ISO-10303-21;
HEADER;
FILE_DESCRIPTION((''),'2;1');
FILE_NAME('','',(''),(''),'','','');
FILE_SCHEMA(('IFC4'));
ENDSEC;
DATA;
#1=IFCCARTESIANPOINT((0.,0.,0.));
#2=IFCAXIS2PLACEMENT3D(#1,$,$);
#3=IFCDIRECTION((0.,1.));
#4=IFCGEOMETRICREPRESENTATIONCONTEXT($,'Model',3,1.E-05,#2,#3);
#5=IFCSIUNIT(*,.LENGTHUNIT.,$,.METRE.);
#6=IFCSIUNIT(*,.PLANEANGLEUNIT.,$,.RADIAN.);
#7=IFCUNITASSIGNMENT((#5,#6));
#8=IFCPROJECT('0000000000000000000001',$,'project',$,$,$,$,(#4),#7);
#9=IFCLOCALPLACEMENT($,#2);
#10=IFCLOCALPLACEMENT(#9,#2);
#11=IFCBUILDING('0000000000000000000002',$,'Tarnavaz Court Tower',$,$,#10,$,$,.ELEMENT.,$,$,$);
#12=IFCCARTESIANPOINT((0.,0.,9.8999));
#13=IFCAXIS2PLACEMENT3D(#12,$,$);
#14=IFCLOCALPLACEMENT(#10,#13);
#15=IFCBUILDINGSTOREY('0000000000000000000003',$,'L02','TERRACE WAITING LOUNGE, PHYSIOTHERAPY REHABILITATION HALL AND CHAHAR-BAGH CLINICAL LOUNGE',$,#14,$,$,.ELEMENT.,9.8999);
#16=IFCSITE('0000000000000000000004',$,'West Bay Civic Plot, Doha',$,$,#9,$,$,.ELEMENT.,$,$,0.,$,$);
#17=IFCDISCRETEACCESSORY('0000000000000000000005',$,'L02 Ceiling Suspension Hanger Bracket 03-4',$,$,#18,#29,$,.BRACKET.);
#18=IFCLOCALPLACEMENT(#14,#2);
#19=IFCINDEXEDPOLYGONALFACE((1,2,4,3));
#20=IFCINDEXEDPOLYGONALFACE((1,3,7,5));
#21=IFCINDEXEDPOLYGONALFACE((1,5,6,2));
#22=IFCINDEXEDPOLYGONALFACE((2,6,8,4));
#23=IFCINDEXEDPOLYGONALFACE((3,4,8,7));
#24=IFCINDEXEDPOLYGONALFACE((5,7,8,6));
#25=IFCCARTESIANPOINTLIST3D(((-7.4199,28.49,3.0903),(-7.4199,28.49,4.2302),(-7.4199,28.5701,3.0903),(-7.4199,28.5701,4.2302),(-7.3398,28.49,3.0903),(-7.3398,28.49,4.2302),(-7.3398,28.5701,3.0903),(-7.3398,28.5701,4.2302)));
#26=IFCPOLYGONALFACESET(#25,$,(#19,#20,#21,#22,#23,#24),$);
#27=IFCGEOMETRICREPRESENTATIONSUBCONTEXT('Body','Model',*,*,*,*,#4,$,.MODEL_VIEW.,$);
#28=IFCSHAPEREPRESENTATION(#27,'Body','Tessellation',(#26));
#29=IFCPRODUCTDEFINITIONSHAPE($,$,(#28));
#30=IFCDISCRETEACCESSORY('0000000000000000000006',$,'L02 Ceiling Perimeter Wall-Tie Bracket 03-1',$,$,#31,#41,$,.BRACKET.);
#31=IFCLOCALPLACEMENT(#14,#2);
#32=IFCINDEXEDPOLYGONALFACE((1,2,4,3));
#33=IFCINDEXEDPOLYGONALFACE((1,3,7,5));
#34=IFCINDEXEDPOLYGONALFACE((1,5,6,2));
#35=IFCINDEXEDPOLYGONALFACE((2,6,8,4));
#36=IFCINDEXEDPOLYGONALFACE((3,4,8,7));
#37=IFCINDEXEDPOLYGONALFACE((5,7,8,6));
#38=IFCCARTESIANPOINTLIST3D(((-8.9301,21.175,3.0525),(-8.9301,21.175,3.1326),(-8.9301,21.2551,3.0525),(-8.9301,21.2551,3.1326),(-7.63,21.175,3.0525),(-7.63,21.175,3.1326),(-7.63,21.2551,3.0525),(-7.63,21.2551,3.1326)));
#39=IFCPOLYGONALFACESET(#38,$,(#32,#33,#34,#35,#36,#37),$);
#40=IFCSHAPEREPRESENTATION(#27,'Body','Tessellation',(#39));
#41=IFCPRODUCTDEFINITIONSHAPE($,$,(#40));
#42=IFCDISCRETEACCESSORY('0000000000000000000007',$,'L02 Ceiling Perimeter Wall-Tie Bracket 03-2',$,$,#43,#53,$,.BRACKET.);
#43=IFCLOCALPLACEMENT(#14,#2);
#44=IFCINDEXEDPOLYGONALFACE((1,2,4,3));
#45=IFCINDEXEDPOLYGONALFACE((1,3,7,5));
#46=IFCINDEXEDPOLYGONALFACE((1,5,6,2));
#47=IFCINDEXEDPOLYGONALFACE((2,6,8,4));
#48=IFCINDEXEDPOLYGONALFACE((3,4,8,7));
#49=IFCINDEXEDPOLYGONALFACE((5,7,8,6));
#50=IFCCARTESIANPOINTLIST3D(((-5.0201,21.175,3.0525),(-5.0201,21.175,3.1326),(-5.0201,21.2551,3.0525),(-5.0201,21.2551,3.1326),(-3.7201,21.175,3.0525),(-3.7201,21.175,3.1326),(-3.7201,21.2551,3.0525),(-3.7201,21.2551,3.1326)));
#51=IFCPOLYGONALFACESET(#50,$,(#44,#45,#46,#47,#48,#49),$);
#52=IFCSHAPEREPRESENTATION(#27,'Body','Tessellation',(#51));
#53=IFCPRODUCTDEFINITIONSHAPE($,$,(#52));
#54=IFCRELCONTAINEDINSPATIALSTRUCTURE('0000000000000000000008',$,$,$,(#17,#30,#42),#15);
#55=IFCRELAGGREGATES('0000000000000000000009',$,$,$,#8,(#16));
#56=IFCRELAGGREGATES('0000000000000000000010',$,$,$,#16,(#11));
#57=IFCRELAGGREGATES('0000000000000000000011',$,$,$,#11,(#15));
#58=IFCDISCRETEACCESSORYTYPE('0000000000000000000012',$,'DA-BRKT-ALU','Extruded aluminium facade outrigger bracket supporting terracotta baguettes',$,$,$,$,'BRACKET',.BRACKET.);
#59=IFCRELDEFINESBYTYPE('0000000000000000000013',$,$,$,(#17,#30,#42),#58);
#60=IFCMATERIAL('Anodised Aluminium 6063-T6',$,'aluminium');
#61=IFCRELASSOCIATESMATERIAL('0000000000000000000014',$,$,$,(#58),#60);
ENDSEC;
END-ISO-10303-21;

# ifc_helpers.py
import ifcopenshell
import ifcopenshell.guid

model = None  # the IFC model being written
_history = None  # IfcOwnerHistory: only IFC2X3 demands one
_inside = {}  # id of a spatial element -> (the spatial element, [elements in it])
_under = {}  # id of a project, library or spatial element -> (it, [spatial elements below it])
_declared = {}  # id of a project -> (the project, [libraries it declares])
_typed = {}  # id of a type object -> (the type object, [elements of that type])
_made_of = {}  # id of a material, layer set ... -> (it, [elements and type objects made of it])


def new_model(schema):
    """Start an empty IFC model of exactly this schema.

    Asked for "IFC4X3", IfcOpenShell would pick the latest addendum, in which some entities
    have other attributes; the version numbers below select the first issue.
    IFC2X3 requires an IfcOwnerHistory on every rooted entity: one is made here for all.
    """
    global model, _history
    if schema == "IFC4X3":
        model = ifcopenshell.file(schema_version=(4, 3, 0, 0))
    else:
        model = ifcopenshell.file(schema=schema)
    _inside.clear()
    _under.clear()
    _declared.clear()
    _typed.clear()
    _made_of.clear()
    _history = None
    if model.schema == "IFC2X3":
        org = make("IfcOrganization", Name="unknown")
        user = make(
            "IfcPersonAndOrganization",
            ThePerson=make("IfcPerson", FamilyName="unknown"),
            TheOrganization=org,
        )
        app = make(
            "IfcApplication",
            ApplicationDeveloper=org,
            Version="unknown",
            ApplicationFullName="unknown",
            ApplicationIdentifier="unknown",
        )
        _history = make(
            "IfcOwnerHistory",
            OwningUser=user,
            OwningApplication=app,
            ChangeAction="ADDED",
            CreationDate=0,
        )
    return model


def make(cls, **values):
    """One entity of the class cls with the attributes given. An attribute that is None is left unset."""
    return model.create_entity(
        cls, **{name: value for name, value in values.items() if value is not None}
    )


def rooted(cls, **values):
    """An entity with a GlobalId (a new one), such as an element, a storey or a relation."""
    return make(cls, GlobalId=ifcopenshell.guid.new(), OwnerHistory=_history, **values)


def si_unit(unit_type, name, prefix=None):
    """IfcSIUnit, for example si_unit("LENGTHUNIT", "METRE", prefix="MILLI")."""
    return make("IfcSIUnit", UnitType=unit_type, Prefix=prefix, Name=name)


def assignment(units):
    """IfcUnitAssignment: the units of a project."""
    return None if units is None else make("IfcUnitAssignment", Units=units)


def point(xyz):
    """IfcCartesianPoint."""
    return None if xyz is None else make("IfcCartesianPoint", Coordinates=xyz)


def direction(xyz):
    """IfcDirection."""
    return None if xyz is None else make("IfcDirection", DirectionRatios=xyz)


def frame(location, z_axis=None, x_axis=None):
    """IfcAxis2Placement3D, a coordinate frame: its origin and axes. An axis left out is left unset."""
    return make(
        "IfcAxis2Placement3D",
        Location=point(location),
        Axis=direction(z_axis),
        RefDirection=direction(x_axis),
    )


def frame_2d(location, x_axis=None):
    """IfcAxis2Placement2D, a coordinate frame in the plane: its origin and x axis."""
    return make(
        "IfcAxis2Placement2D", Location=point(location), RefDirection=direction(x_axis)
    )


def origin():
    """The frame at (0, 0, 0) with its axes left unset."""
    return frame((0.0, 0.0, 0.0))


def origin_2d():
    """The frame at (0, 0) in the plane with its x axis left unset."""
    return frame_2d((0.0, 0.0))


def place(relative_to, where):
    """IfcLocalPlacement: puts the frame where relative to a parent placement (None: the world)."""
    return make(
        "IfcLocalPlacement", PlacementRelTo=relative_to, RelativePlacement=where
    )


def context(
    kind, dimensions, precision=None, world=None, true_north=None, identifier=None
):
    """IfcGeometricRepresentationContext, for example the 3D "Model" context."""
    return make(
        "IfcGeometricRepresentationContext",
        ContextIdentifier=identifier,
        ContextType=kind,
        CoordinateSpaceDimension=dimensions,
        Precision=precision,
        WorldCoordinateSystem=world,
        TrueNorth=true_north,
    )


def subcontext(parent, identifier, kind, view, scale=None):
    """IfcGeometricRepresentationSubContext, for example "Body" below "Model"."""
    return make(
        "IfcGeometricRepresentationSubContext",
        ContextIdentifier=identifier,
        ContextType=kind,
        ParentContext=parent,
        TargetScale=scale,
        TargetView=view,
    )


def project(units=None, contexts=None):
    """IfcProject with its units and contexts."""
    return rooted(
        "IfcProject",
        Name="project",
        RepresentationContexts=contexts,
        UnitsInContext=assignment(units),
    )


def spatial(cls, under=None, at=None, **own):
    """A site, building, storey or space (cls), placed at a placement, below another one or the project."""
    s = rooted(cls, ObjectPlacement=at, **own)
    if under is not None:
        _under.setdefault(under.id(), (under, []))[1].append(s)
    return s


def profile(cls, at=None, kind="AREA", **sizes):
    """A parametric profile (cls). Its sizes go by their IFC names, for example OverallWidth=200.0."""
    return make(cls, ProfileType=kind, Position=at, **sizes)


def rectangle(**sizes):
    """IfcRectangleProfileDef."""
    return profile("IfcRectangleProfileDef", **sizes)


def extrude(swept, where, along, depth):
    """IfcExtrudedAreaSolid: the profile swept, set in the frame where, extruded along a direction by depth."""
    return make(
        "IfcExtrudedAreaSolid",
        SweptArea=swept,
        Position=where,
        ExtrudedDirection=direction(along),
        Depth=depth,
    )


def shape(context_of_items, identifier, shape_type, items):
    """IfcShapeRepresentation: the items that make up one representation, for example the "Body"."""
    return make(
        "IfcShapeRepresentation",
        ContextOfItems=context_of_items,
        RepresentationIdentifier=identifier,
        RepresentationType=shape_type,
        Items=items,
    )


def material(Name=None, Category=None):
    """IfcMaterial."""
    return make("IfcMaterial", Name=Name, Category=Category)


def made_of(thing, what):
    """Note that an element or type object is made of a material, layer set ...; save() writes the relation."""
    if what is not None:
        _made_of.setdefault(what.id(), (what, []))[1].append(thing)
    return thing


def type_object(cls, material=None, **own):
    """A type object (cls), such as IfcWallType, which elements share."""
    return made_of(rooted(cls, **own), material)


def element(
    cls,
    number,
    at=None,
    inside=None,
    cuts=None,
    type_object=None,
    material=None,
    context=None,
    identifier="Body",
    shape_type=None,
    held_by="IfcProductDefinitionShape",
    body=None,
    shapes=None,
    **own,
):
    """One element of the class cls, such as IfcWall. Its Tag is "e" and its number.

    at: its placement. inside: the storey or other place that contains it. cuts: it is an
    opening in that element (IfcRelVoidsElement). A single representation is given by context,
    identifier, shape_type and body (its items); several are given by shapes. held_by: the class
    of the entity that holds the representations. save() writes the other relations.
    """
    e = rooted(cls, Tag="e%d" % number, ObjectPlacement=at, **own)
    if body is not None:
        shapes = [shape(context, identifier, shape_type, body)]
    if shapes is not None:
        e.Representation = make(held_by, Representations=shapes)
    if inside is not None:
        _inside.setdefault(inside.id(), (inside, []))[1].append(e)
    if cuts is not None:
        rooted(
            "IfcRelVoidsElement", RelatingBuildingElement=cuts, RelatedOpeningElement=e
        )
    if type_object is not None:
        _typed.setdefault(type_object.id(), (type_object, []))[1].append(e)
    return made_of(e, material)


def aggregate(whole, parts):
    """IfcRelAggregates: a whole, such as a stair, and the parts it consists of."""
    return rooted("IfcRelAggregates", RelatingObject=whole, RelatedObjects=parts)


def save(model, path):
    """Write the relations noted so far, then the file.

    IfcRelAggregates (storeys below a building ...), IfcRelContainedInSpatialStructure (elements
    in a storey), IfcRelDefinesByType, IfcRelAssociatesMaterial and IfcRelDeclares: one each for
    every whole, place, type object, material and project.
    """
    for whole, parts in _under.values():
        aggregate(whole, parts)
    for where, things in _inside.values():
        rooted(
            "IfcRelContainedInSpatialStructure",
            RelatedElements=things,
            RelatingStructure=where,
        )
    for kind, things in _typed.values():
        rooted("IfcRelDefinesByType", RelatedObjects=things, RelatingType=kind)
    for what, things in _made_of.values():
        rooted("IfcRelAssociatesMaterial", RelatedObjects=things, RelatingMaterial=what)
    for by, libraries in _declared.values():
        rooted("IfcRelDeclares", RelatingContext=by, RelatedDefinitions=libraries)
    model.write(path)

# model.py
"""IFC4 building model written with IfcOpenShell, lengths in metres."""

from ifc_helpers import new_model, si_unit, direction, frame, origin, origin_2d, place, context, subcontext, project, spatial, rectangle, extrude, material, type_object, element, save


model = new_model("IFC4")

# Units and contexts
model_context = context("Model", 3, precision=1e-05, world=origin(), true_north=direction((0.0, 1.0)))
body_context = subcontext(model_context, "Body", "Model", "MODEL_VIEW")
ifc_project = project(units=[si_unit("LENGTHUNIT", "METRE"), si_unit("PLANEANGLEUNIT", "RADIAN")], contexts=[model_context])

# Site, building, storey
site_placement = place(None, origin())
site = spatial("IfcSite", under=ifc_project, at=site_placement, Name="West Bay Civic Plot, Doha", CompositionType="ELEMENT", RefElevation=0.0)
building_placement = place(site_placement, origin())
building = spatial("IfcBuilding", under=site, at=building_placement, Name="Tarnavaz Court Tower", CompositionType="ELEMENT")
storey_placement = place(building_placement, frame((0.0, 0.0, 9.8999)))
storey = spatial("IfcBuildingStorey", under=building, at=storey_placement, Name="L02", Description="TERRACE WAITING LOUNGE, PHYSIOTHERAPY REHABILITATION HALL AND CHAHAR-BAGH CLINICAL LOUNGE", CompositionType="ELEMENT", Elevation=9.8999)

# Shared definitions
ifc_material_1 = material(Name="Anodised Aluminium 6063-T6", Category="aluminium")

# Discrete accessories
discrete_accessory_type = type_object("IfcDiscreteAccessoryType", Name="DA-BRKT-ALU", Description="Extruded aluminium facade outrigger bracket supporting terracotta baguettes", ElementType="BRACKET", PredefinedType="BRACKET", material=ifc_material_1)
for number, where, z_axis, x_axis, name in (
    (1, (-7.3799, 28.53, 3.0903), (0.0, 0.0, 1.0), (1.0, 0.0, 0.0), "L02 Ceiling Suspension Hanger Bracket 03-4"),
):
    element("IfcDiscreteAccessory", number, at=place(storey_placement, frame(where, z_axis=z_axis, x_axis=x_axis)), inside=storey, type_object=discrete_accessory_type, Name=name, PredefinedType="BRACKET", context=body_context, shape_type="SweptSolid", body=[
        extrude(rectangle(XDim=0.0801, YDim=0.0801, at=origin_2d()), origin(), (0.0, 0.0, 1.0), 1.1399),
    ])
for number, where, z_axis, x_axis, name in (
    (2, (-8.28, 21.2151, 3.0525), (0.0, 0.0, 1.0), (1.0, 0.0, 0.0), "L02 Ceiling Perimeter Wall-Tie Bracket 03-1"),
    (3, (-4.3701, 21.2151, 3.0525), (0.0, 0.0, 1.0), (1.0, 0.0, 0.0), "L02 Ceiling Perimeter Wall-Tie Bracket 03-2"),
):
    element("IfcDiscreteAccessory", number, at=place(storey_placement, frame(where, z_axis=z_axis, x_axis=x_axis)), inside=storey, type_object=discrete_accessory_type, Name=name, PredefinedType="BRACKET", context=body_context, shape_type="SweptSolid", body=[
        extrude(rectangle(XDim=1.3, YDim=0.0801, at=origin_2d()), origin(), (0.0, 0.0, 1.0), 0.0801),
    ])

save(model, "model.ifc")
